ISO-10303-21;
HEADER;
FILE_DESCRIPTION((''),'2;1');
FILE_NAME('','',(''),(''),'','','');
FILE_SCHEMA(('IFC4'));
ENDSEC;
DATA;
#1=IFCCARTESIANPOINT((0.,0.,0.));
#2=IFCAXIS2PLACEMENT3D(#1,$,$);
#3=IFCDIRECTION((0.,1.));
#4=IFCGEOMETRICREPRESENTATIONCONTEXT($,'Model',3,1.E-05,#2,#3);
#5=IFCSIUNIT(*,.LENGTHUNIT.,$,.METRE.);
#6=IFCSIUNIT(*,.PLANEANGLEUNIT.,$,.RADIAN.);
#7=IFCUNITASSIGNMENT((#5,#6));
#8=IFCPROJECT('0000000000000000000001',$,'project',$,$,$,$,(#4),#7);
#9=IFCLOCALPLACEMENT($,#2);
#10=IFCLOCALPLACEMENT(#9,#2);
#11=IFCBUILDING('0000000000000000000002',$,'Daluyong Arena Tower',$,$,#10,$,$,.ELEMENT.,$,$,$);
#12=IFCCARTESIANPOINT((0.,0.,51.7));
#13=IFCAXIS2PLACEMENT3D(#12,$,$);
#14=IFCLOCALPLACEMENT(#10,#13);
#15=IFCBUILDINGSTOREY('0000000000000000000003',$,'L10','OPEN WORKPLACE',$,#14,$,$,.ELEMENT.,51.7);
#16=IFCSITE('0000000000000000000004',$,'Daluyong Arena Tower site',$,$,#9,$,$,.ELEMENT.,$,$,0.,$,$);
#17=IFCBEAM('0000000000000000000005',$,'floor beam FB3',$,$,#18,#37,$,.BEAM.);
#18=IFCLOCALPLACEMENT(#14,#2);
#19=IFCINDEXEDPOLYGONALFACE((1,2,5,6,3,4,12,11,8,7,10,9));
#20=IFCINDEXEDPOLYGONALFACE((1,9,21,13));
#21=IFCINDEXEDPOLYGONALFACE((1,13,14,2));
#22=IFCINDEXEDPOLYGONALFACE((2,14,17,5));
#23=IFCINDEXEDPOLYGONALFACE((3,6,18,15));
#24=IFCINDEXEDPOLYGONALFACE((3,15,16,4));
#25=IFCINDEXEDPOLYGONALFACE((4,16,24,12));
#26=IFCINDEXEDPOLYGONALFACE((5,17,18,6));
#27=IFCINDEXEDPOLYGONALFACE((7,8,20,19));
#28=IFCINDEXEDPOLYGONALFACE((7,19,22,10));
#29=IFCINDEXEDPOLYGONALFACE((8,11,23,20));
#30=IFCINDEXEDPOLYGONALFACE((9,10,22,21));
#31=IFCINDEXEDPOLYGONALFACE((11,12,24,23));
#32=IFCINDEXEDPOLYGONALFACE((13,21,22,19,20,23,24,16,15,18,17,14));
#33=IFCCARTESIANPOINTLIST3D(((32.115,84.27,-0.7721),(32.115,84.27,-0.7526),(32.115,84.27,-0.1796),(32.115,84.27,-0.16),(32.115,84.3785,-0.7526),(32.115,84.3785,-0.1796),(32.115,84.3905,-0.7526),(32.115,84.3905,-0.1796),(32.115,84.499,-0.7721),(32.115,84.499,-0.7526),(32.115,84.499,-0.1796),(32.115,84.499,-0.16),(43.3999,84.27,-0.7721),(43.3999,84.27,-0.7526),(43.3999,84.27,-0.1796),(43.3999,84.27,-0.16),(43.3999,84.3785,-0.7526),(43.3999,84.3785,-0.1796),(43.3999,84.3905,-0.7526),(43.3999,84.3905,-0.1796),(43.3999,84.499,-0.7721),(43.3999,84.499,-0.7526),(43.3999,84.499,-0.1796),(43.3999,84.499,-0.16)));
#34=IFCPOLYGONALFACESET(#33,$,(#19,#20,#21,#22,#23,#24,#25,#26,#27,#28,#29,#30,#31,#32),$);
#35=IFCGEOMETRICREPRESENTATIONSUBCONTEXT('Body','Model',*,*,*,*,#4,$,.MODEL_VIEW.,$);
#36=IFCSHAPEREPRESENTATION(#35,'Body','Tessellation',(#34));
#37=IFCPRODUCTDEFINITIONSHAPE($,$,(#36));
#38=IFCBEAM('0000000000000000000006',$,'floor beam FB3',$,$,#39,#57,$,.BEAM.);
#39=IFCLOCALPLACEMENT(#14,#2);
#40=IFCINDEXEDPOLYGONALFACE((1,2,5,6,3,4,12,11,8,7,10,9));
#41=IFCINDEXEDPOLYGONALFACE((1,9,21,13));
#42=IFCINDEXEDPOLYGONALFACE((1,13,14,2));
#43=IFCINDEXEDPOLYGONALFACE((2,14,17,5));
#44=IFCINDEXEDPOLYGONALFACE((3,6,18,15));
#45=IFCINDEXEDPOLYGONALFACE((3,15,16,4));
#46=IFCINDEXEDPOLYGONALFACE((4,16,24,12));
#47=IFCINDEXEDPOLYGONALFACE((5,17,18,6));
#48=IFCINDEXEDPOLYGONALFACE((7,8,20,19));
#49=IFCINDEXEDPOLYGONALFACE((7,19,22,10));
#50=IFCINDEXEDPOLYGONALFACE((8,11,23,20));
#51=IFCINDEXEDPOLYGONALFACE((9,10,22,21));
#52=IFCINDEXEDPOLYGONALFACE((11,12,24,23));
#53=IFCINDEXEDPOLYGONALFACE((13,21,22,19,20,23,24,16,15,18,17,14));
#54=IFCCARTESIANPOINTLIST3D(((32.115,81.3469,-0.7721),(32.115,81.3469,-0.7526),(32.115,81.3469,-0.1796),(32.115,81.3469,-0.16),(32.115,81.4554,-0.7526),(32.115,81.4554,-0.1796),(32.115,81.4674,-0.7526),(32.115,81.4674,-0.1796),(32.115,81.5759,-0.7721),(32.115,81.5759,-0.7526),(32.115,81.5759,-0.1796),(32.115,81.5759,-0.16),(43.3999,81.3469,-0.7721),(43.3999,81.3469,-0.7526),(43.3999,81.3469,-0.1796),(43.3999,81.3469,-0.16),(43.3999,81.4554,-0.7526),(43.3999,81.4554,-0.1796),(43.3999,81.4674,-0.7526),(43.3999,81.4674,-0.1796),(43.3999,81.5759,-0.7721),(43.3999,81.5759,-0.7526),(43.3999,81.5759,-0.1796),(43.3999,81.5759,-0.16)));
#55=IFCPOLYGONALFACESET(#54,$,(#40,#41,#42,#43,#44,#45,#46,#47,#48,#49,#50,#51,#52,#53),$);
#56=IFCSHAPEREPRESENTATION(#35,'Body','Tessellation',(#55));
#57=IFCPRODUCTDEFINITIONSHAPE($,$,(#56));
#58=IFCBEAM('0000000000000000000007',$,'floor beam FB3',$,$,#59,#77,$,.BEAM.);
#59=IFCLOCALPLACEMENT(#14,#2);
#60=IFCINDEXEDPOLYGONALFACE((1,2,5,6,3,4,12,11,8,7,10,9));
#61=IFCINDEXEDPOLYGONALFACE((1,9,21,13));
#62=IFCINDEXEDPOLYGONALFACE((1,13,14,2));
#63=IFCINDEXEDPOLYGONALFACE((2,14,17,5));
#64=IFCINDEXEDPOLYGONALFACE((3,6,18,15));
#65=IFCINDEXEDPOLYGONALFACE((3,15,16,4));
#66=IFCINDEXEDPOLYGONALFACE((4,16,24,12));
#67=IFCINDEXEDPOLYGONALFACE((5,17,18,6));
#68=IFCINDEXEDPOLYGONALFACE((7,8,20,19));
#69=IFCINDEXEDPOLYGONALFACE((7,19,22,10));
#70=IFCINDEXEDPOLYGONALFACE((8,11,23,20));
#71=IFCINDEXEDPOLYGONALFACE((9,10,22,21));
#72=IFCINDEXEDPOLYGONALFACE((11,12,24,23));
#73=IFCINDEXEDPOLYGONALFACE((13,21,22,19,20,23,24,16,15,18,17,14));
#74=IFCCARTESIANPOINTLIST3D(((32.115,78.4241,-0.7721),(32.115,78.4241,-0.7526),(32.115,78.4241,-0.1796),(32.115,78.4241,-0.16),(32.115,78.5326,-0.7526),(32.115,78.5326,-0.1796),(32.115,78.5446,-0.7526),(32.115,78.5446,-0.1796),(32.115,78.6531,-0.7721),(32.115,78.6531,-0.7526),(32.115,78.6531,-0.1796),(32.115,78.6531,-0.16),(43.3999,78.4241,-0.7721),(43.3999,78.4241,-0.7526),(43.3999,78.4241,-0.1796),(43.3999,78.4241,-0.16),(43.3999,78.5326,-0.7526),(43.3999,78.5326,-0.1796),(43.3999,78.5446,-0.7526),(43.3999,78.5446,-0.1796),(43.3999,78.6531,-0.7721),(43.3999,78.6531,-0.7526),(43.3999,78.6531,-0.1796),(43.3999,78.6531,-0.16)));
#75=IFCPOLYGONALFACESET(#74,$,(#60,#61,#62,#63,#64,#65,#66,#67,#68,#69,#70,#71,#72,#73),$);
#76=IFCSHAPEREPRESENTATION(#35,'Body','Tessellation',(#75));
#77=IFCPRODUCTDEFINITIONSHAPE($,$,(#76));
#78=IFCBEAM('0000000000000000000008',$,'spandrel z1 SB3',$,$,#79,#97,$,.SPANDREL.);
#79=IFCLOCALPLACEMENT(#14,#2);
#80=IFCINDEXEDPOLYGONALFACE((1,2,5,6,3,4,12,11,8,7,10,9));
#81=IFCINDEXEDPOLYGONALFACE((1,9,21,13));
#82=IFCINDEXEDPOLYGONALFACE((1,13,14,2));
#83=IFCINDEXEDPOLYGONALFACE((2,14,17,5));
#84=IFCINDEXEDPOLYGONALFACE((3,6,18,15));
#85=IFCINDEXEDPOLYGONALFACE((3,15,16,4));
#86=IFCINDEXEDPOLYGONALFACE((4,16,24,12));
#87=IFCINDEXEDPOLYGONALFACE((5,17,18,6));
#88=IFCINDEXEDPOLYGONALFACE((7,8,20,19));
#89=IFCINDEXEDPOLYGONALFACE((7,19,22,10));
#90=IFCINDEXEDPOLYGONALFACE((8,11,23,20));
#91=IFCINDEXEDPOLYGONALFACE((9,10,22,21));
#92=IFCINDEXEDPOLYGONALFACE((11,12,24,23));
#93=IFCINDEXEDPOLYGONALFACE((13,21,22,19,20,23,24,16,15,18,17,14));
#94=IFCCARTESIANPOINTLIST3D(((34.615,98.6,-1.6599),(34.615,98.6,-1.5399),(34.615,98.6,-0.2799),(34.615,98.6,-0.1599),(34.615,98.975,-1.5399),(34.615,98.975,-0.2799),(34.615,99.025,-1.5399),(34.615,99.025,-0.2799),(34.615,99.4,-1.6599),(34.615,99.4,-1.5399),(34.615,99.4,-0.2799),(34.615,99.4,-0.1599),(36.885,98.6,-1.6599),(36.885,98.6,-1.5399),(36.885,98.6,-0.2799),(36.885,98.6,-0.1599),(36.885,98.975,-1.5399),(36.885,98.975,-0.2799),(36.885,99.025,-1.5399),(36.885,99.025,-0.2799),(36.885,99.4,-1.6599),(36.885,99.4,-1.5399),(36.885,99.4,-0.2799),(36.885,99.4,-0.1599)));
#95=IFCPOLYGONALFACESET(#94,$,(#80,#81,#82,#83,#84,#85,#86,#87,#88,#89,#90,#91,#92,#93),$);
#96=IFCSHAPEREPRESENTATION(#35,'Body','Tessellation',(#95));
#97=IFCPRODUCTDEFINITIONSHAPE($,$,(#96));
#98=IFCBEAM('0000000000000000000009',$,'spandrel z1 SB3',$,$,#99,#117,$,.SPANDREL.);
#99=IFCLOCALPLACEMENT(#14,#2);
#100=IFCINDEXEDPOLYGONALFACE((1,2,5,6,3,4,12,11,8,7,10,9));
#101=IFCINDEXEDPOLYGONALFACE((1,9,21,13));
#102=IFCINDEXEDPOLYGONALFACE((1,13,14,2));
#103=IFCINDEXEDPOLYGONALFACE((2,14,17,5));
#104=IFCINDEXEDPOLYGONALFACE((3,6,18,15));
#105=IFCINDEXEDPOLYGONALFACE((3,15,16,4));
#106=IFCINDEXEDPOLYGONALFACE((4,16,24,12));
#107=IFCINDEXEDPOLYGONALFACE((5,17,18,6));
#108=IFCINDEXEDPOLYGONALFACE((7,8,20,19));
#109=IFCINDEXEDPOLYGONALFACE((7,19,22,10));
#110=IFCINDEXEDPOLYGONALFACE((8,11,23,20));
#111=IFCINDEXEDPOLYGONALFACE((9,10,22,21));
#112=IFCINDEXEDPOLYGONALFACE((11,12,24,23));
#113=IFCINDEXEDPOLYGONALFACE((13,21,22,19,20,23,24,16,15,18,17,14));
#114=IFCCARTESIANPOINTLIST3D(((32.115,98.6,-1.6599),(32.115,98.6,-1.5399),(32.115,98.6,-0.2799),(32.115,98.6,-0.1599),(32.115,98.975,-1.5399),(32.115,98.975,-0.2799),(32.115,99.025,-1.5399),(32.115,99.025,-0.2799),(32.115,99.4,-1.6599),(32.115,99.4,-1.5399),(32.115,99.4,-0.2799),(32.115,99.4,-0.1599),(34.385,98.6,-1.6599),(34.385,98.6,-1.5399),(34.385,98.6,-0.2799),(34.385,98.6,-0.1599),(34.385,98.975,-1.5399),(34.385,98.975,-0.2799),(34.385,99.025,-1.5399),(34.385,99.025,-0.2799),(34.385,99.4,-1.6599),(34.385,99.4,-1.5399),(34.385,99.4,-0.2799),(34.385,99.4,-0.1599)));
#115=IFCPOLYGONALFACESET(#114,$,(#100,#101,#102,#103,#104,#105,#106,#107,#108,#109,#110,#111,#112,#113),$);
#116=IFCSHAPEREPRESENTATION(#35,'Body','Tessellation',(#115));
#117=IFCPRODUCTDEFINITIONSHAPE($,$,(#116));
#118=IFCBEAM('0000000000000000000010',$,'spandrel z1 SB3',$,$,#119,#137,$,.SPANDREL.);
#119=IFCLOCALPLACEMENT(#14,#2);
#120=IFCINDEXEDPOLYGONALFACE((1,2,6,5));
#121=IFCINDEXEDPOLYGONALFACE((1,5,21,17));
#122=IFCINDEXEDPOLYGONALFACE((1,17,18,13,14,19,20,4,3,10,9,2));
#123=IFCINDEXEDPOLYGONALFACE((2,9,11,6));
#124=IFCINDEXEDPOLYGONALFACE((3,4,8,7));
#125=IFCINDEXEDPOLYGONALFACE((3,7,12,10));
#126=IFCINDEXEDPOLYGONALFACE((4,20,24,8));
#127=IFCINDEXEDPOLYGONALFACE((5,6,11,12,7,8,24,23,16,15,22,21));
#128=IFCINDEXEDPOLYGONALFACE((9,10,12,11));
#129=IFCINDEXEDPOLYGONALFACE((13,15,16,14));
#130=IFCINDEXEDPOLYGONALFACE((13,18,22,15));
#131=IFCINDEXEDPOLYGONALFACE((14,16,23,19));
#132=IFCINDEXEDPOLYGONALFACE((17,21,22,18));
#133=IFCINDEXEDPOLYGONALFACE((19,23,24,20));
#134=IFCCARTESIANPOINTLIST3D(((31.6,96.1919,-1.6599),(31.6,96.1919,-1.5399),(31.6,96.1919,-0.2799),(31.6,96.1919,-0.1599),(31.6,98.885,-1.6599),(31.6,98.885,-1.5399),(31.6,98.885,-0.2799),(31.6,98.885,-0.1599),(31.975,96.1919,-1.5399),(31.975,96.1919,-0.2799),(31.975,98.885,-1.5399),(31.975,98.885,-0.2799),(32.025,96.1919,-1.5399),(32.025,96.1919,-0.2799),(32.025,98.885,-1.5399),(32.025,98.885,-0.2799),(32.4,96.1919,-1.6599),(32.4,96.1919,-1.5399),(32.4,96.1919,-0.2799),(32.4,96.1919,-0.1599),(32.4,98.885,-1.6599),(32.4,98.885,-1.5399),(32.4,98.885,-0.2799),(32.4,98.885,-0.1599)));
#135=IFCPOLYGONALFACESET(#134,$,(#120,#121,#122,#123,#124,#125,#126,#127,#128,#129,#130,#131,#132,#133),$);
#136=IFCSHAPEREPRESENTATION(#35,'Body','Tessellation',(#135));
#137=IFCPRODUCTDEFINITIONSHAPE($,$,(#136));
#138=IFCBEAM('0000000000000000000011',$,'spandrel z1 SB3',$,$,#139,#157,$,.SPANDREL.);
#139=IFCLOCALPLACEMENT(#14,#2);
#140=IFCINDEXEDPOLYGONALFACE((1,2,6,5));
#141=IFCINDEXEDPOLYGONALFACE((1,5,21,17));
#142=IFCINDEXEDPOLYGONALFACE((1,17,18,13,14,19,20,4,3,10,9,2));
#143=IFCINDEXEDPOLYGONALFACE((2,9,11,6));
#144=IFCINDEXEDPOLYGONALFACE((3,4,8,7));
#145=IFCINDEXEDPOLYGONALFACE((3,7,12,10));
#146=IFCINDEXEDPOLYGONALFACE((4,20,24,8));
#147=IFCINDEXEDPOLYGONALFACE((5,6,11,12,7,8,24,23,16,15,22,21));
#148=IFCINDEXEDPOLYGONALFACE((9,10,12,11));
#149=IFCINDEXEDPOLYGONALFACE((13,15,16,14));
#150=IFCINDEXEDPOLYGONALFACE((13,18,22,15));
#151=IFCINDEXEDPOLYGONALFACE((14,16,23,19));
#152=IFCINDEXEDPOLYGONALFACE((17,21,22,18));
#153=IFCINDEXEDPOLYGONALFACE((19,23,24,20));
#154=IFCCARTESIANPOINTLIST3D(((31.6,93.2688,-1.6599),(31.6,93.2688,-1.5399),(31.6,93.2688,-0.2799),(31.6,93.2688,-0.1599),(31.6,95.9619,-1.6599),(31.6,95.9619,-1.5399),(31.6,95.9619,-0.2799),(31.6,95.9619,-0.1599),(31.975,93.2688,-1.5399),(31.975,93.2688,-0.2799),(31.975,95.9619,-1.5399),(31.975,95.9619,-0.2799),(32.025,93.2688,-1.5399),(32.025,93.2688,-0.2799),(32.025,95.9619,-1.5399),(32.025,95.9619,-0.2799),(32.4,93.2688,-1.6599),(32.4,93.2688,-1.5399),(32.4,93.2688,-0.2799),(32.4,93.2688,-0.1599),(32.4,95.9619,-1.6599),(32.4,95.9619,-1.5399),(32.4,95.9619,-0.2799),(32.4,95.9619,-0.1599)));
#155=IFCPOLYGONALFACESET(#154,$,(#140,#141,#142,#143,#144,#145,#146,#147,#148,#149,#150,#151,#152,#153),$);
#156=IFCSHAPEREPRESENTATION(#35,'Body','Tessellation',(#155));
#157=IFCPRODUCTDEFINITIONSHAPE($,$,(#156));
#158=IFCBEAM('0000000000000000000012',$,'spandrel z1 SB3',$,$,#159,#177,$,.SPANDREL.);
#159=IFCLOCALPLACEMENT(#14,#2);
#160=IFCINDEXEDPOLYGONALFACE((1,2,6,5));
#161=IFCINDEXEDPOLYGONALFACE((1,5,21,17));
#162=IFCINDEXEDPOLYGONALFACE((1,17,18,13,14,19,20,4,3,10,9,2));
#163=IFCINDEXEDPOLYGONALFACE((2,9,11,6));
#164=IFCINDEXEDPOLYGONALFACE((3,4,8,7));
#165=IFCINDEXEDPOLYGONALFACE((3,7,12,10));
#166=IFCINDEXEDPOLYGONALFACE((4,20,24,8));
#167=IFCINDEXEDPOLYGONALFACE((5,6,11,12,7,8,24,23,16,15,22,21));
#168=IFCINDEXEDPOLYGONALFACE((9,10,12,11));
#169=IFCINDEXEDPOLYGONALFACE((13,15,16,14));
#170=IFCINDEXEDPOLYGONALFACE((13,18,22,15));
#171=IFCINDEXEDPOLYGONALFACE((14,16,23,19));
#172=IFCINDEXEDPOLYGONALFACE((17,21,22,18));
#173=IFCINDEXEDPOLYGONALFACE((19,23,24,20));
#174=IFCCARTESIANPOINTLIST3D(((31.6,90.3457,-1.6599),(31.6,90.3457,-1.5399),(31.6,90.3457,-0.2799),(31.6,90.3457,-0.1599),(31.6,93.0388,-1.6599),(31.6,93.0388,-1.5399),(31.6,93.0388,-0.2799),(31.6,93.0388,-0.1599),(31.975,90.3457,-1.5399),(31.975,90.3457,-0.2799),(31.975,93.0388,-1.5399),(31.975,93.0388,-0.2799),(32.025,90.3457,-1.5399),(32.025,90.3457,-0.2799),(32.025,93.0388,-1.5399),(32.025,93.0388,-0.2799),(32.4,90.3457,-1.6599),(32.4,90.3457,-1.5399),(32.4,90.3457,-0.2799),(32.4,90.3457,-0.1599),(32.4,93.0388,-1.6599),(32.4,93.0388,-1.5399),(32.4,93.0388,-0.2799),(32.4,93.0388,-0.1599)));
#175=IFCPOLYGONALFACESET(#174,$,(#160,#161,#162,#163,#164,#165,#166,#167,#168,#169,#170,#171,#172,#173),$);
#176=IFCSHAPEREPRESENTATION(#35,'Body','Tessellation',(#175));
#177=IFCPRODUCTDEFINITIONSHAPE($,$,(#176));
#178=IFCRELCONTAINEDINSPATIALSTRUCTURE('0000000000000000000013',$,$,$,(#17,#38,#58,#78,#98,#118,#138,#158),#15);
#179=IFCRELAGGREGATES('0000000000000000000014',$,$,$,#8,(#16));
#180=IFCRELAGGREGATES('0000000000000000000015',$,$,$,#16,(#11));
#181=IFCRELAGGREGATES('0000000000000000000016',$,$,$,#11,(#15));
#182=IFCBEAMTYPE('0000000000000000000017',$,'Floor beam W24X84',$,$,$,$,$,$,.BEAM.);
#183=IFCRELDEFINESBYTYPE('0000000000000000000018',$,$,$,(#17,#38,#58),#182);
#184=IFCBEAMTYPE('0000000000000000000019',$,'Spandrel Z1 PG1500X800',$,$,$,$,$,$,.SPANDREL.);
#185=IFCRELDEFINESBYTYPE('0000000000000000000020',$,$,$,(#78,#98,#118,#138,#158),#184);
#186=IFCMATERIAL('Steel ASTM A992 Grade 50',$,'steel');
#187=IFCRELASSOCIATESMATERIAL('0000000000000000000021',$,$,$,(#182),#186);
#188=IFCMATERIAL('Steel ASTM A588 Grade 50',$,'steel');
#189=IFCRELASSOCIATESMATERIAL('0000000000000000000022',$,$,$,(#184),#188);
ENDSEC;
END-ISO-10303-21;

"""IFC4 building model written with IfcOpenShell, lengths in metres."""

from ifc_helpers import new_model, si_unit, direction, frame, origin, origin_2d, place, context, subcontext, project, spatial, i_section, extrude, material, material_profile, profile_set, type_object, element, save


model = new_model("IFC4")

# Units and contexts
model_context = context("Model", 3, precision=1e-05, world=origin(), true_north=direction((0.0, 1.0)))
body_context = subcontext(model_context, "Body", "Model", "MODEL_VIEW")
ifc_project = project(units=[si_unit("LENGTHUNIT", "METRE"), si_unit("PLANEANGLEUNIT", "RADIAN")], contexts=[model_context])

# Site, building, storey
site_placement = place(None, origin())
site = spatial("IfcSite", under=ifc_project, at=site_placement, Name="Daluyong Arena Tower site", CompositionType="ELEMENT", RefElevation=0.0)
building_placement = place(site_placement, origin())
building = spatial("IfcBuilding", under=site, at=building_placement, Name="Daluyong Arena Tower", CompositionType="ELEMENT")
storey_placement = place(building_placement, frame((0.0, 0.0, 51.7)))
storey = spatial("IfcBuildingStorey", under=building, at=storey_placement, Name="L10", Description="OPEN WORKPLACE", CompositionType="ELEMENT", Elevation=51.7)

# Beams
ifc_material_1 = material(Name="Steel ASTM A992 Grade 50", Category="steel")
ifc_material_profile_1 = material_profile(ifc_material_1, i_section(OverallWidth=0.229, OverallDepth=0.6121, WebThickness=0.012, FlangeThickness=0.0195, at=origin_2d()))
ifc_profile_set_1 = profile_set([ifc_material_profile_1], Name="Steel ASTM A992 Grade 50")
beam_type_1 = type_object("IfcBeamType", Name="Floor beam W24X84", PredefinedType="BEAM", material=ifc_profile_set_1)
for number, where, z_axis, x_axis, name in (
    (1, (32.115, 84.3845, -0.4661), (1.0, 0.0, 0.0), (0.0, 1.0, 0.0), "floor beam FB3"),
    (2, (32.115, 81.4614, -0.4661), (1.0, 0.0, 0.0), (0.0, 1.0, 0.0), "floor beam FB3"),
    (3, (32.115, 78.5386, -0.4661), (1.0, 0.0, 0.0), (0.0, 1.0, 0.0), "floor beam FB3"),
):
    element("IfcBeam", number, at=place(storey_placement, frame(where, z_axis=z_axis, x_axis=x_axis)), inside=storey, type_object=beam_type_1, Name=name, PredefinedType="BEAM", context=body_context, shape_type="SweptSolid", body=[
        extrude(i_section(OverallWidth=0.229, OverallDepth=0.6121, WebThickness=0.012, FlangeThickness=0.0195, at=origin_2d()), origin(), (0.0, 0.0, 1.0), 11.2849),
    ])
ifc_material_2 = material(Name="Steel ASTM A588 Grade 50", Category="steel")
ifc_material_profile_2 = material_profile(ifc_material_2, i_section(OverallWidth=0.8, OverallDepth=1.5, WebThickness=0.05, FlangeThickness=0.12, at=origin_2d()))
ifc_profile_set_2 = profile_set([ifc_material_profile_2], Name="Steel ASTM A588 Grade 50")
beam_type_2 = type_object("IfcBeamType", Name="Spandrel Z1 PG1500X800", PredefinedType="SPANDREL", material=ifc_profile_set_2)
for number, where, z_axis, x_axis, name in (
    (4, (36.885, 99.0, -0.9099), (-1.0, 0.0, 0.0), (0.0, -1.0, 0.0), "spandrel z1 SB3"),
    (5, (34.385, 99.0, -0.9099), (-1.0, 0.0, 0.0), (0.0, -1.0, 0.0), "spandrel z1 SB3"),
):
    element("IfcBeam", number, at=place(storey_placement, frame(where, z_axis=z_axis, x_axis=x_axis)), inside=storey, type_object=beam_type_2, Name=name, PredefinedType="SPANDREL", context=body_context, shape_type="SweptSolid", body=[
        extrude(i_section(OverallWidth=0.8, OverallDepth=1.5, WebThickness=0.05, FlangeThickness=0.12, at=origin_2d()), origin(), (0.0, 0.0, 1.0), 2.27),
    ])
for number, where, z_axis, x_axis, name in (
    (6, (32.0, 98.885, -0.9099), (0.0, -1.0, 0.0), (1.0, 0.0, 0.0), "spandrel z1 SB3"),
    (7, (32.0, 95.9619, -0.9099), (0.0, -1.0, 0.0), (1.0, 0.0, 0.0), "spandrel z1 SB3"),
    (8, (32.0, 93.0388, -0.9099), (0.0, -1.0, 0.0), (1.0, 0.0, 0.0), "spandrel z1 SB3"),
):
    element("IfcBeam", number, at=place(storey_placement, frame(where, z_axis=z_axis, x_axis=x_axis)), inside=storey, type_object=beam_type_2, Name=name, PredefinedType="SPANDREL", context=body_context, shape_type="SweptSolid", body=[
        extrude(i_section(OverallWidth=0.8, OverallDepth=1.5, WebThickness=0.05, FlangeThickness=0.12, at=origin_2d()), origin(), (0.0, 0.0, 1.0), 2.6931),
    ])

save(model, "model.ifc")
